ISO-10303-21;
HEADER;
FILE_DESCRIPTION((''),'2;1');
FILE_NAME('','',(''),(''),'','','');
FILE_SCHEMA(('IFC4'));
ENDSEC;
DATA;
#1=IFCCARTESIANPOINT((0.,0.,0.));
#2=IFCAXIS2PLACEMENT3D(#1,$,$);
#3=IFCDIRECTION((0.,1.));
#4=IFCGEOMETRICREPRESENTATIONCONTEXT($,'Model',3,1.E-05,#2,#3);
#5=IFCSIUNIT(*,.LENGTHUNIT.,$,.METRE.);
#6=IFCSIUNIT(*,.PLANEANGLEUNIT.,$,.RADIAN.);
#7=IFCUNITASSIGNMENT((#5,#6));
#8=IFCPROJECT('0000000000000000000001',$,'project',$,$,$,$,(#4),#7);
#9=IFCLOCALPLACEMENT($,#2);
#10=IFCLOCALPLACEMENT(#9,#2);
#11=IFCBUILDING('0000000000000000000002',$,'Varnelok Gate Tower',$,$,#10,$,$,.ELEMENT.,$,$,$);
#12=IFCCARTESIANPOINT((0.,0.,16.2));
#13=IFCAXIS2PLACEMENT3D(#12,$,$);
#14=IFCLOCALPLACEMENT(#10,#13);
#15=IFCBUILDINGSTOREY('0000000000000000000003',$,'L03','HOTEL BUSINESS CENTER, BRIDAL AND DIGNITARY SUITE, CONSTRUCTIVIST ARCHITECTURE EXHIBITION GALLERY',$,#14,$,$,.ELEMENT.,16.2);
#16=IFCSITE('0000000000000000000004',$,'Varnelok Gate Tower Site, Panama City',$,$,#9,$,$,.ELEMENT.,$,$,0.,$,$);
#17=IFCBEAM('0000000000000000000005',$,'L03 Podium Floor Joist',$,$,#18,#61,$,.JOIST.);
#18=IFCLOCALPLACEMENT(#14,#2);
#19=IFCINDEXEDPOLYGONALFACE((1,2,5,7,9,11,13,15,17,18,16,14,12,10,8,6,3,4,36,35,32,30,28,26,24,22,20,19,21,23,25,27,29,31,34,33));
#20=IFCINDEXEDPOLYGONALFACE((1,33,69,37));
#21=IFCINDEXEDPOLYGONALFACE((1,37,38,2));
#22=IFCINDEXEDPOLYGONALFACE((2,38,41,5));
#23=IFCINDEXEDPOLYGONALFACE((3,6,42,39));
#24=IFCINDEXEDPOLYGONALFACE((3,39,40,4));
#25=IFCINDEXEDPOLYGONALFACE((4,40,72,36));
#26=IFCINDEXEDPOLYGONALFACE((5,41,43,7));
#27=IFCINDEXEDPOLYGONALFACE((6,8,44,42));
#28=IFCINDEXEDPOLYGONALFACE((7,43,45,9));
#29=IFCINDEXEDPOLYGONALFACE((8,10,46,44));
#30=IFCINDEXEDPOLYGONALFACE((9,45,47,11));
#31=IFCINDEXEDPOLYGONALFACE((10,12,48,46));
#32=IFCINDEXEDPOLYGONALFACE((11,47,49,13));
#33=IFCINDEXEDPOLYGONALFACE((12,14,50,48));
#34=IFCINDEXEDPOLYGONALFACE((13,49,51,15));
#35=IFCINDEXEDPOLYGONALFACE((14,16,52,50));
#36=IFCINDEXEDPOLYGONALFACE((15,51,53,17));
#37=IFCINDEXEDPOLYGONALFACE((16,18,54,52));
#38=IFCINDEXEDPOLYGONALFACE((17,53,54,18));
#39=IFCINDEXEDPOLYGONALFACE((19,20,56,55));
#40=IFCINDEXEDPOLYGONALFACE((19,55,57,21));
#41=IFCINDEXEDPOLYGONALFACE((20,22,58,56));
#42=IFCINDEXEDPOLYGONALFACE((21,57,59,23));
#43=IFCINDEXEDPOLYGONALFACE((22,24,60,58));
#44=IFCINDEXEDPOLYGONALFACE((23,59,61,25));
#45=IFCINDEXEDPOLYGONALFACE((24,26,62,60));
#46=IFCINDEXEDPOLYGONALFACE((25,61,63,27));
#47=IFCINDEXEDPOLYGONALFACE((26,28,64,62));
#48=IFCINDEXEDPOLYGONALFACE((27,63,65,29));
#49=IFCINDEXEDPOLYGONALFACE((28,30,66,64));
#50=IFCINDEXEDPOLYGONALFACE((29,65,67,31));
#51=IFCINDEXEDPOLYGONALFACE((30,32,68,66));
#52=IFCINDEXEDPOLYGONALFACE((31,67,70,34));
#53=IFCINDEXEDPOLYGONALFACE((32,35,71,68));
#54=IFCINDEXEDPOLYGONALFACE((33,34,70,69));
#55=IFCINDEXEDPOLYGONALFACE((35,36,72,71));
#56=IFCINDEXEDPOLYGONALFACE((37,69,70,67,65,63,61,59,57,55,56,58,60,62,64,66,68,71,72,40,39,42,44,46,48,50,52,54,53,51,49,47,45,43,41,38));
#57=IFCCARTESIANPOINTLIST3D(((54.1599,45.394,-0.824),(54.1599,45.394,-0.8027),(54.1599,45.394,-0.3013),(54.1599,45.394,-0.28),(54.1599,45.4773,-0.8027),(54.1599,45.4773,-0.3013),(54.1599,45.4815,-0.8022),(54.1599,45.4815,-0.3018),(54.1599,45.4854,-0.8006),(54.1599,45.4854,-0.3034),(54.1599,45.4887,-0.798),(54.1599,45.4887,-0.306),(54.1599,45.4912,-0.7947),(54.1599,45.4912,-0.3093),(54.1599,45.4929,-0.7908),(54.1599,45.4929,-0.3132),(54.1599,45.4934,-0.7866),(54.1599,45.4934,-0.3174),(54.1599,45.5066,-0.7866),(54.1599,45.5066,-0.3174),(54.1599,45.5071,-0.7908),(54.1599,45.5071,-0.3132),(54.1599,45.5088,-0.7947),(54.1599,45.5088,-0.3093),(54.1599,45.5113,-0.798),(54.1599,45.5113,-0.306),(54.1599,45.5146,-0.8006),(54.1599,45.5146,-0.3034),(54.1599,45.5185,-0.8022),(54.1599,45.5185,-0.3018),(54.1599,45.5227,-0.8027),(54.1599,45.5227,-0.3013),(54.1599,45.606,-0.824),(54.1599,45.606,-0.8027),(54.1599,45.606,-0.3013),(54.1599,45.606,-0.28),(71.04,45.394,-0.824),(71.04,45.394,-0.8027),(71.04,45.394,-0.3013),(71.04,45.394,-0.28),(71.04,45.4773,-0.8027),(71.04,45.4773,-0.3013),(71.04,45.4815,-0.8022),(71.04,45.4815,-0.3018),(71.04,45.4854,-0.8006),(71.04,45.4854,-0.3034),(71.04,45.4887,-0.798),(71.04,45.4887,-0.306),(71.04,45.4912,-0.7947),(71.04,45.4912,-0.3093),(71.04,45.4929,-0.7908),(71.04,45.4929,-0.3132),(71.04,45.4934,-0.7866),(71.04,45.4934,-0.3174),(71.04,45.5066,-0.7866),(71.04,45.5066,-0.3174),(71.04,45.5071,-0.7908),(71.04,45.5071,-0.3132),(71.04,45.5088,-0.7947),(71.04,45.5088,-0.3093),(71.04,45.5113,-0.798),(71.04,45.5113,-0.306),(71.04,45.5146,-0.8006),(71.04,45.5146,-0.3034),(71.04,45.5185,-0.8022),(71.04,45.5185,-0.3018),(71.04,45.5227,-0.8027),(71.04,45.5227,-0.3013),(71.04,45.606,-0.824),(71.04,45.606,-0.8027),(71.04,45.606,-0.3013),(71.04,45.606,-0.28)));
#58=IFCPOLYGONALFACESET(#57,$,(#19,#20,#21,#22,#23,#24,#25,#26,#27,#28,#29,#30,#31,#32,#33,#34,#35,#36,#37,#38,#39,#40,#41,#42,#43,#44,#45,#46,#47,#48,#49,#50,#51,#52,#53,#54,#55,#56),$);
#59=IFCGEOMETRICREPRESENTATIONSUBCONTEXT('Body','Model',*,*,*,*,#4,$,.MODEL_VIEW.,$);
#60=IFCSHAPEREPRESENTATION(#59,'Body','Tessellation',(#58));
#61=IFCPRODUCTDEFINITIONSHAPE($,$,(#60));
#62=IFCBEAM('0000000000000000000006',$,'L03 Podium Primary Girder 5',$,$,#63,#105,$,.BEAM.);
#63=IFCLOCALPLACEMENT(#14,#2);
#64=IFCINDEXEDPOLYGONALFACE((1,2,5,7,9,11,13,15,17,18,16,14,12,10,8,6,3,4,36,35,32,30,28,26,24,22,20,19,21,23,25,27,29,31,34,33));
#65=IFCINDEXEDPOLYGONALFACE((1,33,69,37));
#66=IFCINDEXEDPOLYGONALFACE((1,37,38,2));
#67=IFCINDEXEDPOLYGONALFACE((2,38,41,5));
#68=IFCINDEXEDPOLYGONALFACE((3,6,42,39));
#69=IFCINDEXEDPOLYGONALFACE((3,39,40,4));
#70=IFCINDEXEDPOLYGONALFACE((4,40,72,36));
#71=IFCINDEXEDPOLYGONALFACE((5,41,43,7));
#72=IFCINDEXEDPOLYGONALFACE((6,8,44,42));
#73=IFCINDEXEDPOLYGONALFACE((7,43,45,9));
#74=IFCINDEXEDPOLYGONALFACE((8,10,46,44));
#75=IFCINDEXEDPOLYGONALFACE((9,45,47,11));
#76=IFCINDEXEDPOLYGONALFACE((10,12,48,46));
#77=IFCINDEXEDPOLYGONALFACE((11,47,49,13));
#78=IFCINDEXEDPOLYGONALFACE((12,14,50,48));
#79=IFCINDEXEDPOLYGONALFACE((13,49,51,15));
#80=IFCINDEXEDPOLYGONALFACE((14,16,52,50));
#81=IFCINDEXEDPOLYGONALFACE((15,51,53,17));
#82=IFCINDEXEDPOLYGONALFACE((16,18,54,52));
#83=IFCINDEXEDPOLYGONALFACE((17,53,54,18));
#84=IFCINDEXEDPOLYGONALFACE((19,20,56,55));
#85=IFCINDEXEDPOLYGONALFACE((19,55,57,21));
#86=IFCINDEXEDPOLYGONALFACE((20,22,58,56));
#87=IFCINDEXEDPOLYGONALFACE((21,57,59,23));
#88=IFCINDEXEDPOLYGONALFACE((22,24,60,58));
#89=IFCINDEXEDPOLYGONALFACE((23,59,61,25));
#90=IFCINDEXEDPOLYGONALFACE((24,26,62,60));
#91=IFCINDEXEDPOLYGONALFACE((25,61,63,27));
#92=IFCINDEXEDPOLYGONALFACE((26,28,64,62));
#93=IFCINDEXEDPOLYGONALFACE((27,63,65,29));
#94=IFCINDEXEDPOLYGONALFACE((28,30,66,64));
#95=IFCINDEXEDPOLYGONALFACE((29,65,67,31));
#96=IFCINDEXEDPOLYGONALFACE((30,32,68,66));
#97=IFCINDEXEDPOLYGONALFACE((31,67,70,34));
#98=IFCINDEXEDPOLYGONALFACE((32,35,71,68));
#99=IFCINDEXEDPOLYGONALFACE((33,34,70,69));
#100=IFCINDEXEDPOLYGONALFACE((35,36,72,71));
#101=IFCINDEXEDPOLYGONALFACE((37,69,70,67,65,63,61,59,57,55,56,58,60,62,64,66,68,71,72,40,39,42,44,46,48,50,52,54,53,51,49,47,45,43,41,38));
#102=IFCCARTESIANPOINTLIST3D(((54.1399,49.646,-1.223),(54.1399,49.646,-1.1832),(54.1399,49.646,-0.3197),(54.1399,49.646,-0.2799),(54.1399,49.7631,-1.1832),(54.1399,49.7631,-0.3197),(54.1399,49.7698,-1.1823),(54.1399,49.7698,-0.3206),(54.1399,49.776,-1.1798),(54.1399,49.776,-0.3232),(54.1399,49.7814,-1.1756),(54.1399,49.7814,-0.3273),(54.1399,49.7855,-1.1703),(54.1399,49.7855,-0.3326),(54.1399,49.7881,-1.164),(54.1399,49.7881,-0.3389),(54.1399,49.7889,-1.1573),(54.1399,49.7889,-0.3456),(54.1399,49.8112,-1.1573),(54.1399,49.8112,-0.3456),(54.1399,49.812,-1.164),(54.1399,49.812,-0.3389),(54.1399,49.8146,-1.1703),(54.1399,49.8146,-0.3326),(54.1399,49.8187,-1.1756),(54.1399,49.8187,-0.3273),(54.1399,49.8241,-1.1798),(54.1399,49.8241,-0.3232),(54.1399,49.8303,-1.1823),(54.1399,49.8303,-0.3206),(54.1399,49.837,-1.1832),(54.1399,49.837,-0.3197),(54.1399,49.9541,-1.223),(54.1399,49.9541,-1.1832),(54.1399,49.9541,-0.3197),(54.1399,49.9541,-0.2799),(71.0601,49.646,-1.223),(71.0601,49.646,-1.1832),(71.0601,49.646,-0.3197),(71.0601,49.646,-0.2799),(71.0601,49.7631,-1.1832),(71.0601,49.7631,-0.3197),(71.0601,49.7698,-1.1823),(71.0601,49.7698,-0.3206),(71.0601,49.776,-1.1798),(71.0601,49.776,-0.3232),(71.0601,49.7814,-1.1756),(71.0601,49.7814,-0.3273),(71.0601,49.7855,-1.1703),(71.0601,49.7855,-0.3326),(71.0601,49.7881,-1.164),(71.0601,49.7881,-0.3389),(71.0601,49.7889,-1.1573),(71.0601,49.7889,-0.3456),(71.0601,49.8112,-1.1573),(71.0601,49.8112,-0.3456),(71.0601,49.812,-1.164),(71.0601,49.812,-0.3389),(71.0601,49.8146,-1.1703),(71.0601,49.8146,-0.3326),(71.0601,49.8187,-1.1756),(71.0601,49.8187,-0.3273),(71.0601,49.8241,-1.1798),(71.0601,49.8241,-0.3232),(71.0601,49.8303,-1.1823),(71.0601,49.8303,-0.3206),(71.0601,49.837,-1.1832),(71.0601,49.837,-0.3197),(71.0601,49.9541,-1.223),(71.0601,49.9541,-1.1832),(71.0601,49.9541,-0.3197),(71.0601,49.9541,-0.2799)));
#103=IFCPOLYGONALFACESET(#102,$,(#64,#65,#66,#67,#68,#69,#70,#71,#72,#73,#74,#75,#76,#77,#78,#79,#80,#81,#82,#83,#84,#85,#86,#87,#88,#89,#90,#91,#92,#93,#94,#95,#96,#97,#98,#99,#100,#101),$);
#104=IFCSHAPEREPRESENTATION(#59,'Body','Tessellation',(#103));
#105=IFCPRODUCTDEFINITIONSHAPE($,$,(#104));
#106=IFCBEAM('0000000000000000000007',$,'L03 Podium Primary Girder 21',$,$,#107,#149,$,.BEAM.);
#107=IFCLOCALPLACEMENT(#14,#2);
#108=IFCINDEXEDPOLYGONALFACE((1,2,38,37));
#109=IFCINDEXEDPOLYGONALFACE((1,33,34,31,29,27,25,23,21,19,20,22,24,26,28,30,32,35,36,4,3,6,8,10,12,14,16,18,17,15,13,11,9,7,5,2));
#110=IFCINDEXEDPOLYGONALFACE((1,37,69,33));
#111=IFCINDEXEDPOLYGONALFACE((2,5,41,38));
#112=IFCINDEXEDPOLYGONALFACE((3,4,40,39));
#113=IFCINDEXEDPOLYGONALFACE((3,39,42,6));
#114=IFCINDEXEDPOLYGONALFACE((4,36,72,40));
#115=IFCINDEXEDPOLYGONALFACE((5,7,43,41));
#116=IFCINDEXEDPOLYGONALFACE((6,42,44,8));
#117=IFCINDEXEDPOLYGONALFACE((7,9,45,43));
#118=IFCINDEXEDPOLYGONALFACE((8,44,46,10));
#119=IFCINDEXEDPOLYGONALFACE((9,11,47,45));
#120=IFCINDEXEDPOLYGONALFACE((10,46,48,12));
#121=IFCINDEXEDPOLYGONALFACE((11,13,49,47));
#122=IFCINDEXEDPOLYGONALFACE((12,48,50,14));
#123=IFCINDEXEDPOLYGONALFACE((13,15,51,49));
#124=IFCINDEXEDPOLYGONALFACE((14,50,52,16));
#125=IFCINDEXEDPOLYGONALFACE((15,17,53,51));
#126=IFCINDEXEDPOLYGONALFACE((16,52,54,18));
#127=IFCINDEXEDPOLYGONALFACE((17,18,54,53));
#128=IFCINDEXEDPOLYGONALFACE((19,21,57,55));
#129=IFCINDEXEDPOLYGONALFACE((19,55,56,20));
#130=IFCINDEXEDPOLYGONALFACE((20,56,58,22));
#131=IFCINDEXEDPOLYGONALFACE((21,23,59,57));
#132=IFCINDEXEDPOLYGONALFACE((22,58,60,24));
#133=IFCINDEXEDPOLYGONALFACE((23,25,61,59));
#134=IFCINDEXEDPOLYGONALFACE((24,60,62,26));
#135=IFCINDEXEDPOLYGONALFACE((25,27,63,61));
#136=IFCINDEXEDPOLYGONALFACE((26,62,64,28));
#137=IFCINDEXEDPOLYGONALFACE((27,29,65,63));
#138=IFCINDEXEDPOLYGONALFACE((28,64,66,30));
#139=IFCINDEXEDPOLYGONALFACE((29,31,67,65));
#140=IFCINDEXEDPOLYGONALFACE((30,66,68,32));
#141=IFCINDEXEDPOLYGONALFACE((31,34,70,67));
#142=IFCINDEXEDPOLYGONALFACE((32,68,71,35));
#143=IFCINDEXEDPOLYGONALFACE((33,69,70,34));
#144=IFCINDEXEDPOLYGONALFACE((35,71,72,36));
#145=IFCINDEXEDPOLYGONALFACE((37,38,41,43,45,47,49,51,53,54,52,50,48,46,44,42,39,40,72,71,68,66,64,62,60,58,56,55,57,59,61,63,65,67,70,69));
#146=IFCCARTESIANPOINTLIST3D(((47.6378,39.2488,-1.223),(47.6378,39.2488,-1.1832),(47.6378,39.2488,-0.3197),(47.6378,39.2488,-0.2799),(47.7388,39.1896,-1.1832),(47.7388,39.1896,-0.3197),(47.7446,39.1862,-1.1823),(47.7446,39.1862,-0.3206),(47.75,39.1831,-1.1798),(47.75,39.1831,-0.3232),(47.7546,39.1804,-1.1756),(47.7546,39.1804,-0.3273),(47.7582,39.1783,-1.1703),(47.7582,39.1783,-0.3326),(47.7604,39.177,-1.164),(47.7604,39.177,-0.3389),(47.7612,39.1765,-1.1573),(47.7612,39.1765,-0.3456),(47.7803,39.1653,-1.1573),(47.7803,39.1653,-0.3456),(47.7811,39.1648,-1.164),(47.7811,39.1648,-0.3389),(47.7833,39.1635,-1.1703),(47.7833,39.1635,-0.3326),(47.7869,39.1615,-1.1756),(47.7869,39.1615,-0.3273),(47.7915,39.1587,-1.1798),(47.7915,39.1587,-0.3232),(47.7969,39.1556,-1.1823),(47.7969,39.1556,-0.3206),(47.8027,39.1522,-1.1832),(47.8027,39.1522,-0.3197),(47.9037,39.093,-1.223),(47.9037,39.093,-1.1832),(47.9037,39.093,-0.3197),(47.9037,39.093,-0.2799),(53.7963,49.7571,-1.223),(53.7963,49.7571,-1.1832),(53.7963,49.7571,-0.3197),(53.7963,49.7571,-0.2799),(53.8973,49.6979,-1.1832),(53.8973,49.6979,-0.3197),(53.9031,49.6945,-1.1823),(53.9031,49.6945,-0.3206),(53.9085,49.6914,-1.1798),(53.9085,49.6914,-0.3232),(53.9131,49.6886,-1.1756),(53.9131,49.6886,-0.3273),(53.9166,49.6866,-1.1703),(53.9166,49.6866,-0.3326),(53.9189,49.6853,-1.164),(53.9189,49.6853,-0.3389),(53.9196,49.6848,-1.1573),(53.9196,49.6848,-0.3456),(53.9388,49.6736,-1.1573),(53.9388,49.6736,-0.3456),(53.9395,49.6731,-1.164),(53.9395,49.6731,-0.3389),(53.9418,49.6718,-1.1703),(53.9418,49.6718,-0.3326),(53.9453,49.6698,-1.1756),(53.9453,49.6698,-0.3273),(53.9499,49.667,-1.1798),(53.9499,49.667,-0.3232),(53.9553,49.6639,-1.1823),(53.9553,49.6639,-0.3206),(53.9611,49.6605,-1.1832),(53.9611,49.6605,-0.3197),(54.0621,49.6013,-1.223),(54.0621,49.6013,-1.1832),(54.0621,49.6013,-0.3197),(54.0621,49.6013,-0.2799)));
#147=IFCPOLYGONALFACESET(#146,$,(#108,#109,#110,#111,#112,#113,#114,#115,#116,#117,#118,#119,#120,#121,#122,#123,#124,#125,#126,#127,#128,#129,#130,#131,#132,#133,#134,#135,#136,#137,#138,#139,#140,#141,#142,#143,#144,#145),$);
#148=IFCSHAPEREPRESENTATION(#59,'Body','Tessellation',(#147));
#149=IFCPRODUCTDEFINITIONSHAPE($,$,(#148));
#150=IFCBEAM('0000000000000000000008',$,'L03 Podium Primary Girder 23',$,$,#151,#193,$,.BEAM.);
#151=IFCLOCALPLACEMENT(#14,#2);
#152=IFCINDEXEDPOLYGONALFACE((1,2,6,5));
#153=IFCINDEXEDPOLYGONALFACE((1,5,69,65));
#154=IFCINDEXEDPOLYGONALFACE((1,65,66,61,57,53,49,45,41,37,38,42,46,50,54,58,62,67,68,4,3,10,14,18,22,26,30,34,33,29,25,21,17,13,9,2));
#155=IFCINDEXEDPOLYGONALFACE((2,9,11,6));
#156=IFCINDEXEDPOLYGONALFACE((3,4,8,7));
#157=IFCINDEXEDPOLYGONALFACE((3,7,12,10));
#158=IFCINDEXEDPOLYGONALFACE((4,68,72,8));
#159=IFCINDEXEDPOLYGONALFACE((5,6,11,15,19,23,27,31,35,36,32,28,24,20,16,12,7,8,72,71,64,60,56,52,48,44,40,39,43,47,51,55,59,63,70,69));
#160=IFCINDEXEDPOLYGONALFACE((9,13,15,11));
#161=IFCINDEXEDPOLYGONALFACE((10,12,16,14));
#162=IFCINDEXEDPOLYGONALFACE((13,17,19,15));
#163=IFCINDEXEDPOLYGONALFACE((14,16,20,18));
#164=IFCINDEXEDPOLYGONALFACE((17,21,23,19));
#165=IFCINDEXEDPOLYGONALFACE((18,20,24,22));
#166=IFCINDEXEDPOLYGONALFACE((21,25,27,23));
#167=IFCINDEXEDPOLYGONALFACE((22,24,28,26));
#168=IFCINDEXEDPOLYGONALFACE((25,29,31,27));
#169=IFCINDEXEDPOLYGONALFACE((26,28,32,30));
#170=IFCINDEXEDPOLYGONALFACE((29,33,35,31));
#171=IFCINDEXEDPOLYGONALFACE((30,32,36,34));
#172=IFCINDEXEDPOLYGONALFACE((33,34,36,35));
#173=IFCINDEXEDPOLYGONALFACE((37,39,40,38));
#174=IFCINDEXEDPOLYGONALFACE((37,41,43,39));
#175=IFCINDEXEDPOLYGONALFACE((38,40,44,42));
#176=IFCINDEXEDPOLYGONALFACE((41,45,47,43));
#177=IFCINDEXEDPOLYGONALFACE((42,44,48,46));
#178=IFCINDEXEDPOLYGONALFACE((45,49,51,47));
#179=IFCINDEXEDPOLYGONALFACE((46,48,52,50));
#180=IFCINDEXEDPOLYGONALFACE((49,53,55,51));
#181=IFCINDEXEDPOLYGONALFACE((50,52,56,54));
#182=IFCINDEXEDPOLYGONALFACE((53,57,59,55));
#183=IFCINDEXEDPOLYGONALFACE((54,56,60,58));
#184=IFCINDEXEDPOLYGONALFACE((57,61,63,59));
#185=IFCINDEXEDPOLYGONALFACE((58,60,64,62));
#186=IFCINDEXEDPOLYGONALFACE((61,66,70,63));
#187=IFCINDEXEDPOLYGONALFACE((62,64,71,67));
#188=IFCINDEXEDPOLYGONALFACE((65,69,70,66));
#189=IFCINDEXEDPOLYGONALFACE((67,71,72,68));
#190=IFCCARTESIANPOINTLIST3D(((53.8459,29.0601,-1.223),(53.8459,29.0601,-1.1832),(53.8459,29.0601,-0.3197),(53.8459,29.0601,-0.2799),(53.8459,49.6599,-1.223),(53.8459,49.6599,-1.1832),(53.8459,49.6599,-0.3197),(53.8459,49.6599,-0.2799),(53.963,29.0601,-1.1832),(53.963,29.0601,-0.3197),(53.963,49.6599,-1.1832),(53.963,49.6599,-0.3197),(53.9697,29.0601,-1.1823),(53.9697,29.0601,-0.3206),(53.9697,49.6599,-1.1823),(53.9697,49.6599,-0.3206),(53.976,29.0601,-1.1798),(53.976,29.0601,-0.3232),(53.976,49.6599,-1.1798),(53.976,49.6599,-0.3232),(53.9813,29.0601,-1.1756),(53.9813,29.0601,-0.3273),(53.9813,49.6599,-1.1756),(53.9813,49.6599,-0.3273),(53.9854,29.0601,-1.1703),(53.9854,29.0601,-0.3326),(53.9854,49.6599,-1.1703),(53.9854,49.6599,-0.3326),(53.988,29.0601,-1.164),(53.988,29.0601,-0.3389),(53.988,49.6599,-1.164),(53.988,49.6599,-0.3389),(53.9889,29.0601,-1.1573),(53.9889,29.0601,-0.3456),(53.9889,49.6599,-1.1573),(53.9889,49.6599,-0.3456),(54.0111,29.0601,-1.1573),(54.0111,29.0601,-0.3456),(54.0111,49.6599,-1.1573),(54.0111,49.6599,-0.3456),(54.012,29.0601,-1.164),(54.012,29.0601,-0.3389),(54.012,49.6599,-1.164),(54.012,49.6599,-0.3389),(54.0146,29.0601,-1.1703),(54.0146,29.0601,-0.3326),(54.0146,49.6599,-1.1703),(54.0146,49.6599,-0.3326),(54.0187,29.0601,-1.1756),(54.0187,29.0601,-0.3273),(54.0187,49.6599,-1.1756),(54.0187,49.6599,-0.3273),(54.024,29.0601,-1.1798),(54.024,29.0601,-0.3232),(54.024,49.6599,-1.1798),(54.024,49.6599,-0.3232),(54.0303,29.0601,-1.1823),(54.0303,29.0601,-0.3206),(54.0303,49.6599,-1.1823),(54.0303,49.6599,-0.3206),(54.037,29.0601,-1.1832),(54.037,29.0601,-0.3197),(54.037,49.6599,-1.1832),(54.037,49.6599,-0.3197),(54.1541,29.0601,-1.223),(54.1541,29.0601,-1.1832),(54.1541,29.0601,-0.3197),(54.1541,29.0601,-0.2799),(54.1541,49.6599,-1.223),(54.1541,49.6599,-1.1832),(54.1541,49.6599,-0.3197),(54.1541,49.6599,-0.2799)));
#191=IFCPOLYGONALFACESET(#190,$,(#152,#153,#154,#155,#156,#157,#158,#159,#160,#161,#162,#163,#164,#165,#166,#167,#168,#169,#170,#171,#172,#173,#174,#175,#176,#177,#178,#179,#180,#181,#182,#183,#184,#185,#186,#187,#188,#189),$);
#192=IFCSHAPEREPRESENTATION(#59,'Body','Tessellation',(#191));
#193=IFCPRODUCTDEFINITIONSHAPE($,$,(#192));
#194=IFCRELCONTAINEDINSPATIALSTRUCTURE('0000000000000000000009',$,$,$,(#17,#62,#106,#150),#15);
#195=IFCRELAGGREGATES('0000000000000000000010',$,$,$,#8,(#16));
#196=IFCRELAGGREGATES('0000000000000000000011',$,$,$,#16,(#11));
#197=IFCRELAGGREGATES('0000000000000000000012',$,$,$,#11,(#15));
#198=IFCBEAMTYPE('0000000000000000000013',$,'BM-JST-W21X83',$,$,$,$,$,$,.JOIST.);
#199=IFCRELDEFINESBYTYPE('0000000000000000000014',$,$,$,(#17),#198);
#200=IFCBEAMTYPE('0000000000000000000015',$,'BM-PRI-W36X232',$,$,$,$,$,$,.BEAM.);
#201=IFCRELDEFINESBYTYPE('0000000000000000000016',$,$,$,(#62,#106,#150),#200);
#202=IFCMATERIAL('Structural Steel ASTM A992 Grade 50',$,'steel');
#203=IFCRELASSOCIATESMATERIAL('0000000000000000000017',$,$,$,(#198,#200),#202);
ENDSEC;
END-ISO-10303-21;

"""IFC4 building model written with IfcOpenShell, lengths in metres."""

from ifc_helpers import new_model, si_unit, direction, frame, origin, origin_2d, place, context, subcontext, project, spatial, i_section, extrude, material, material_profile, profile_set, type_object, element, save


model = new_model("IFC4")

# Units and contexts
model_context = context("Model", 3, precision=1e-05, world=origin(), true_north=direction((0.0, 1.0)))
body_context = subcontext(model_context, "Body", "Model", "MODEL_VIEW")
ifc_project = project(units=[si_unit("LENGTHUNIT", "METRE"), si_unit("PLANEANGLEUNIT", "RADIAN")], contexts=[model_context])

# Site, building, storey
site_placement = place(None, origin())
site = spatial("IfcSite", under=ifc_project, at=site_placement, Name="Varnelok Gate Tower Site, Panama City", CompositionType="ELEMENT", RefElevation=0.0)
building_placement = place(site_placement, origin())
building = spatial("IfcBuilding", under=site, at=building_placement, Name="Varnelok Gate Tower", CompositionType="ELEMENT")
storey_placement = place(building_placement, frame((0.0, 0.0, 16.2)))
storey = spatial("IfcBuildingStorey", under=building, at=storey_placement, Name="L03", Description="HOTEL BUSINESS CENTER, BRIDAL AND DIGNITARY SUITE, CONSTRUCTIVIST ARCHITECTURE EXHIBITION GALLERY", CompositionType="ELEMENT", Elevation=16.2)

# Shared definitions
ifc_material_1 = material(Name="Structural Steel ASTM A992 Grade 50", Category="steel")

# Beams
ifc_material_profile_1 = material_profile(ifc_material_1, i_section(OverallWidth=0.2119, OverallDepth=0.5439, WebThickness=0.0132, FlangeThickness=0.0212, FilletRadius=0.0161, at=origin_2d()), Name="W21X83")
ifc_profile_set_1 = profile_set([ifc_material_profile_1], Name="Structural Steel ASTM A992 Grade 50")
beam_type_1 = type_object("IfcBeamType", Name="BM-JST-W21X83", PredefinedType="JOIST", material=ifc_profile_set_1)
for number, where, z_axis, x_axis, name in (
    (1, (54.1599, 45.5, -0.552), (1.0, 0.0, 0.0), (0.0, 1.0, 0.0), "L03 Podium Floor Joist"),
):
    element("IfcBeam", number, at=place(storey_placement, frame(where, z_axis=z_axis, x_axis=x_axis)), inside=storey, type_object=beam_type_1, Name=name, PredefinedType="JOIST", context=body_context, shape_type="SweptSolid", body=[
        extrude(i_section(OverallWidth=0.2119, OverallDepth=0.5439, WebThickness=0.0132, FlangeThickness=0.0212, FilletRadius=0.0161, at=origin_2d()), origin(), (0.0, 0.0, 1.0), 16.8801),
    ])
ifc_material_profile_2 = material_profile(ifc_material_1, i_section(OverallWidth=0.3081, OverallDepth=0.9431, WebThickness=0.0222, FlangeThickness=0.0398, FilletRadius=0.0259, at=origin_2d()), Name="W36X232")
ifc_profile_set_2 = profile_set([ifc_material_profile_2], Name="Structural Steel ASTM A992 Grade 50")
beam_type_2 = type_object("IfcBeamType", Name="BM-PRI-W36X232", PredefinedType="BEAM", material=ifc_profile_set_2)
beam_1_placement = place(storey_placement, frame((54.1399, 49.8, -0.7515), z_axis=(1.0, 0.0, 0.0), x_axis=(0.0, 1.0, 0.0)))
element("IfcBeam", 2, at=beam_1_placement, inside=storey, type_object=beam_type_2, Name="L03 Podium Primary Girder 5", PredefinedType="BEAM", context=body_context, shape_type="SweptSolid", body=[
    extrude(i_section(OverallWidth=0.3081, OverallDepth=0.9431, WebThickness=0.0222, FlangeThickness=0.0398, FilletRadius=0.0259, at=origin_2d()), origin(), (0.0, 0.0, 1.0), 16.9202),
])
beam_2_placement = place(storey_placement, frame((53.9292, 49.6792, -0.7515), z_axis=(-0.505622, -0.862755, 0.0), x_axis=(0.862755, -0.505622, 0.0)))
element("IfcBeam", 3, at=beam_2_placement, inside=storey, type_object=beam_type_2, Name="L03 Podium Primary Girder 21", PredefinedType="BEAM", context=body_context, shape_type="SweptSolid", body=[
    extrude(i_section(OverallWidth=0.3081, OverallDepth=0.9431, WebThickness=0.0222, FlangeThickness=0.0398, FilletRadius=0.0259, at=origin_2d()), origin(), (0.0, 0.0, 1.0), 12.1799),
])
beam_3_placement = place(storey_placement, frame((54.0, 29.0601, -0.7515), z_axis=(0.0, 1.0, 0.0), x_axis=(-1.0, 0.0, 0.0)))
element("IfcBeam", 4, at=beam_3_placement, inside=storey, type_object=beam_type_2, Name="L03 Podium Primary Girder 23", PredefinedType="BEAM", context=body_context, shape_type="SweptSolid", body=[
    extrude(i_section(OverallWidth=0.3081, OverallDepth=0.9431, WebThickness=0.0222, FlangeThickness=0.0398, FilletRadius=0.0259, at=origin_2d()), origin(), (0.0, 0.0, 1.0), 20.5999),
])

save(model, "model.ifc")
